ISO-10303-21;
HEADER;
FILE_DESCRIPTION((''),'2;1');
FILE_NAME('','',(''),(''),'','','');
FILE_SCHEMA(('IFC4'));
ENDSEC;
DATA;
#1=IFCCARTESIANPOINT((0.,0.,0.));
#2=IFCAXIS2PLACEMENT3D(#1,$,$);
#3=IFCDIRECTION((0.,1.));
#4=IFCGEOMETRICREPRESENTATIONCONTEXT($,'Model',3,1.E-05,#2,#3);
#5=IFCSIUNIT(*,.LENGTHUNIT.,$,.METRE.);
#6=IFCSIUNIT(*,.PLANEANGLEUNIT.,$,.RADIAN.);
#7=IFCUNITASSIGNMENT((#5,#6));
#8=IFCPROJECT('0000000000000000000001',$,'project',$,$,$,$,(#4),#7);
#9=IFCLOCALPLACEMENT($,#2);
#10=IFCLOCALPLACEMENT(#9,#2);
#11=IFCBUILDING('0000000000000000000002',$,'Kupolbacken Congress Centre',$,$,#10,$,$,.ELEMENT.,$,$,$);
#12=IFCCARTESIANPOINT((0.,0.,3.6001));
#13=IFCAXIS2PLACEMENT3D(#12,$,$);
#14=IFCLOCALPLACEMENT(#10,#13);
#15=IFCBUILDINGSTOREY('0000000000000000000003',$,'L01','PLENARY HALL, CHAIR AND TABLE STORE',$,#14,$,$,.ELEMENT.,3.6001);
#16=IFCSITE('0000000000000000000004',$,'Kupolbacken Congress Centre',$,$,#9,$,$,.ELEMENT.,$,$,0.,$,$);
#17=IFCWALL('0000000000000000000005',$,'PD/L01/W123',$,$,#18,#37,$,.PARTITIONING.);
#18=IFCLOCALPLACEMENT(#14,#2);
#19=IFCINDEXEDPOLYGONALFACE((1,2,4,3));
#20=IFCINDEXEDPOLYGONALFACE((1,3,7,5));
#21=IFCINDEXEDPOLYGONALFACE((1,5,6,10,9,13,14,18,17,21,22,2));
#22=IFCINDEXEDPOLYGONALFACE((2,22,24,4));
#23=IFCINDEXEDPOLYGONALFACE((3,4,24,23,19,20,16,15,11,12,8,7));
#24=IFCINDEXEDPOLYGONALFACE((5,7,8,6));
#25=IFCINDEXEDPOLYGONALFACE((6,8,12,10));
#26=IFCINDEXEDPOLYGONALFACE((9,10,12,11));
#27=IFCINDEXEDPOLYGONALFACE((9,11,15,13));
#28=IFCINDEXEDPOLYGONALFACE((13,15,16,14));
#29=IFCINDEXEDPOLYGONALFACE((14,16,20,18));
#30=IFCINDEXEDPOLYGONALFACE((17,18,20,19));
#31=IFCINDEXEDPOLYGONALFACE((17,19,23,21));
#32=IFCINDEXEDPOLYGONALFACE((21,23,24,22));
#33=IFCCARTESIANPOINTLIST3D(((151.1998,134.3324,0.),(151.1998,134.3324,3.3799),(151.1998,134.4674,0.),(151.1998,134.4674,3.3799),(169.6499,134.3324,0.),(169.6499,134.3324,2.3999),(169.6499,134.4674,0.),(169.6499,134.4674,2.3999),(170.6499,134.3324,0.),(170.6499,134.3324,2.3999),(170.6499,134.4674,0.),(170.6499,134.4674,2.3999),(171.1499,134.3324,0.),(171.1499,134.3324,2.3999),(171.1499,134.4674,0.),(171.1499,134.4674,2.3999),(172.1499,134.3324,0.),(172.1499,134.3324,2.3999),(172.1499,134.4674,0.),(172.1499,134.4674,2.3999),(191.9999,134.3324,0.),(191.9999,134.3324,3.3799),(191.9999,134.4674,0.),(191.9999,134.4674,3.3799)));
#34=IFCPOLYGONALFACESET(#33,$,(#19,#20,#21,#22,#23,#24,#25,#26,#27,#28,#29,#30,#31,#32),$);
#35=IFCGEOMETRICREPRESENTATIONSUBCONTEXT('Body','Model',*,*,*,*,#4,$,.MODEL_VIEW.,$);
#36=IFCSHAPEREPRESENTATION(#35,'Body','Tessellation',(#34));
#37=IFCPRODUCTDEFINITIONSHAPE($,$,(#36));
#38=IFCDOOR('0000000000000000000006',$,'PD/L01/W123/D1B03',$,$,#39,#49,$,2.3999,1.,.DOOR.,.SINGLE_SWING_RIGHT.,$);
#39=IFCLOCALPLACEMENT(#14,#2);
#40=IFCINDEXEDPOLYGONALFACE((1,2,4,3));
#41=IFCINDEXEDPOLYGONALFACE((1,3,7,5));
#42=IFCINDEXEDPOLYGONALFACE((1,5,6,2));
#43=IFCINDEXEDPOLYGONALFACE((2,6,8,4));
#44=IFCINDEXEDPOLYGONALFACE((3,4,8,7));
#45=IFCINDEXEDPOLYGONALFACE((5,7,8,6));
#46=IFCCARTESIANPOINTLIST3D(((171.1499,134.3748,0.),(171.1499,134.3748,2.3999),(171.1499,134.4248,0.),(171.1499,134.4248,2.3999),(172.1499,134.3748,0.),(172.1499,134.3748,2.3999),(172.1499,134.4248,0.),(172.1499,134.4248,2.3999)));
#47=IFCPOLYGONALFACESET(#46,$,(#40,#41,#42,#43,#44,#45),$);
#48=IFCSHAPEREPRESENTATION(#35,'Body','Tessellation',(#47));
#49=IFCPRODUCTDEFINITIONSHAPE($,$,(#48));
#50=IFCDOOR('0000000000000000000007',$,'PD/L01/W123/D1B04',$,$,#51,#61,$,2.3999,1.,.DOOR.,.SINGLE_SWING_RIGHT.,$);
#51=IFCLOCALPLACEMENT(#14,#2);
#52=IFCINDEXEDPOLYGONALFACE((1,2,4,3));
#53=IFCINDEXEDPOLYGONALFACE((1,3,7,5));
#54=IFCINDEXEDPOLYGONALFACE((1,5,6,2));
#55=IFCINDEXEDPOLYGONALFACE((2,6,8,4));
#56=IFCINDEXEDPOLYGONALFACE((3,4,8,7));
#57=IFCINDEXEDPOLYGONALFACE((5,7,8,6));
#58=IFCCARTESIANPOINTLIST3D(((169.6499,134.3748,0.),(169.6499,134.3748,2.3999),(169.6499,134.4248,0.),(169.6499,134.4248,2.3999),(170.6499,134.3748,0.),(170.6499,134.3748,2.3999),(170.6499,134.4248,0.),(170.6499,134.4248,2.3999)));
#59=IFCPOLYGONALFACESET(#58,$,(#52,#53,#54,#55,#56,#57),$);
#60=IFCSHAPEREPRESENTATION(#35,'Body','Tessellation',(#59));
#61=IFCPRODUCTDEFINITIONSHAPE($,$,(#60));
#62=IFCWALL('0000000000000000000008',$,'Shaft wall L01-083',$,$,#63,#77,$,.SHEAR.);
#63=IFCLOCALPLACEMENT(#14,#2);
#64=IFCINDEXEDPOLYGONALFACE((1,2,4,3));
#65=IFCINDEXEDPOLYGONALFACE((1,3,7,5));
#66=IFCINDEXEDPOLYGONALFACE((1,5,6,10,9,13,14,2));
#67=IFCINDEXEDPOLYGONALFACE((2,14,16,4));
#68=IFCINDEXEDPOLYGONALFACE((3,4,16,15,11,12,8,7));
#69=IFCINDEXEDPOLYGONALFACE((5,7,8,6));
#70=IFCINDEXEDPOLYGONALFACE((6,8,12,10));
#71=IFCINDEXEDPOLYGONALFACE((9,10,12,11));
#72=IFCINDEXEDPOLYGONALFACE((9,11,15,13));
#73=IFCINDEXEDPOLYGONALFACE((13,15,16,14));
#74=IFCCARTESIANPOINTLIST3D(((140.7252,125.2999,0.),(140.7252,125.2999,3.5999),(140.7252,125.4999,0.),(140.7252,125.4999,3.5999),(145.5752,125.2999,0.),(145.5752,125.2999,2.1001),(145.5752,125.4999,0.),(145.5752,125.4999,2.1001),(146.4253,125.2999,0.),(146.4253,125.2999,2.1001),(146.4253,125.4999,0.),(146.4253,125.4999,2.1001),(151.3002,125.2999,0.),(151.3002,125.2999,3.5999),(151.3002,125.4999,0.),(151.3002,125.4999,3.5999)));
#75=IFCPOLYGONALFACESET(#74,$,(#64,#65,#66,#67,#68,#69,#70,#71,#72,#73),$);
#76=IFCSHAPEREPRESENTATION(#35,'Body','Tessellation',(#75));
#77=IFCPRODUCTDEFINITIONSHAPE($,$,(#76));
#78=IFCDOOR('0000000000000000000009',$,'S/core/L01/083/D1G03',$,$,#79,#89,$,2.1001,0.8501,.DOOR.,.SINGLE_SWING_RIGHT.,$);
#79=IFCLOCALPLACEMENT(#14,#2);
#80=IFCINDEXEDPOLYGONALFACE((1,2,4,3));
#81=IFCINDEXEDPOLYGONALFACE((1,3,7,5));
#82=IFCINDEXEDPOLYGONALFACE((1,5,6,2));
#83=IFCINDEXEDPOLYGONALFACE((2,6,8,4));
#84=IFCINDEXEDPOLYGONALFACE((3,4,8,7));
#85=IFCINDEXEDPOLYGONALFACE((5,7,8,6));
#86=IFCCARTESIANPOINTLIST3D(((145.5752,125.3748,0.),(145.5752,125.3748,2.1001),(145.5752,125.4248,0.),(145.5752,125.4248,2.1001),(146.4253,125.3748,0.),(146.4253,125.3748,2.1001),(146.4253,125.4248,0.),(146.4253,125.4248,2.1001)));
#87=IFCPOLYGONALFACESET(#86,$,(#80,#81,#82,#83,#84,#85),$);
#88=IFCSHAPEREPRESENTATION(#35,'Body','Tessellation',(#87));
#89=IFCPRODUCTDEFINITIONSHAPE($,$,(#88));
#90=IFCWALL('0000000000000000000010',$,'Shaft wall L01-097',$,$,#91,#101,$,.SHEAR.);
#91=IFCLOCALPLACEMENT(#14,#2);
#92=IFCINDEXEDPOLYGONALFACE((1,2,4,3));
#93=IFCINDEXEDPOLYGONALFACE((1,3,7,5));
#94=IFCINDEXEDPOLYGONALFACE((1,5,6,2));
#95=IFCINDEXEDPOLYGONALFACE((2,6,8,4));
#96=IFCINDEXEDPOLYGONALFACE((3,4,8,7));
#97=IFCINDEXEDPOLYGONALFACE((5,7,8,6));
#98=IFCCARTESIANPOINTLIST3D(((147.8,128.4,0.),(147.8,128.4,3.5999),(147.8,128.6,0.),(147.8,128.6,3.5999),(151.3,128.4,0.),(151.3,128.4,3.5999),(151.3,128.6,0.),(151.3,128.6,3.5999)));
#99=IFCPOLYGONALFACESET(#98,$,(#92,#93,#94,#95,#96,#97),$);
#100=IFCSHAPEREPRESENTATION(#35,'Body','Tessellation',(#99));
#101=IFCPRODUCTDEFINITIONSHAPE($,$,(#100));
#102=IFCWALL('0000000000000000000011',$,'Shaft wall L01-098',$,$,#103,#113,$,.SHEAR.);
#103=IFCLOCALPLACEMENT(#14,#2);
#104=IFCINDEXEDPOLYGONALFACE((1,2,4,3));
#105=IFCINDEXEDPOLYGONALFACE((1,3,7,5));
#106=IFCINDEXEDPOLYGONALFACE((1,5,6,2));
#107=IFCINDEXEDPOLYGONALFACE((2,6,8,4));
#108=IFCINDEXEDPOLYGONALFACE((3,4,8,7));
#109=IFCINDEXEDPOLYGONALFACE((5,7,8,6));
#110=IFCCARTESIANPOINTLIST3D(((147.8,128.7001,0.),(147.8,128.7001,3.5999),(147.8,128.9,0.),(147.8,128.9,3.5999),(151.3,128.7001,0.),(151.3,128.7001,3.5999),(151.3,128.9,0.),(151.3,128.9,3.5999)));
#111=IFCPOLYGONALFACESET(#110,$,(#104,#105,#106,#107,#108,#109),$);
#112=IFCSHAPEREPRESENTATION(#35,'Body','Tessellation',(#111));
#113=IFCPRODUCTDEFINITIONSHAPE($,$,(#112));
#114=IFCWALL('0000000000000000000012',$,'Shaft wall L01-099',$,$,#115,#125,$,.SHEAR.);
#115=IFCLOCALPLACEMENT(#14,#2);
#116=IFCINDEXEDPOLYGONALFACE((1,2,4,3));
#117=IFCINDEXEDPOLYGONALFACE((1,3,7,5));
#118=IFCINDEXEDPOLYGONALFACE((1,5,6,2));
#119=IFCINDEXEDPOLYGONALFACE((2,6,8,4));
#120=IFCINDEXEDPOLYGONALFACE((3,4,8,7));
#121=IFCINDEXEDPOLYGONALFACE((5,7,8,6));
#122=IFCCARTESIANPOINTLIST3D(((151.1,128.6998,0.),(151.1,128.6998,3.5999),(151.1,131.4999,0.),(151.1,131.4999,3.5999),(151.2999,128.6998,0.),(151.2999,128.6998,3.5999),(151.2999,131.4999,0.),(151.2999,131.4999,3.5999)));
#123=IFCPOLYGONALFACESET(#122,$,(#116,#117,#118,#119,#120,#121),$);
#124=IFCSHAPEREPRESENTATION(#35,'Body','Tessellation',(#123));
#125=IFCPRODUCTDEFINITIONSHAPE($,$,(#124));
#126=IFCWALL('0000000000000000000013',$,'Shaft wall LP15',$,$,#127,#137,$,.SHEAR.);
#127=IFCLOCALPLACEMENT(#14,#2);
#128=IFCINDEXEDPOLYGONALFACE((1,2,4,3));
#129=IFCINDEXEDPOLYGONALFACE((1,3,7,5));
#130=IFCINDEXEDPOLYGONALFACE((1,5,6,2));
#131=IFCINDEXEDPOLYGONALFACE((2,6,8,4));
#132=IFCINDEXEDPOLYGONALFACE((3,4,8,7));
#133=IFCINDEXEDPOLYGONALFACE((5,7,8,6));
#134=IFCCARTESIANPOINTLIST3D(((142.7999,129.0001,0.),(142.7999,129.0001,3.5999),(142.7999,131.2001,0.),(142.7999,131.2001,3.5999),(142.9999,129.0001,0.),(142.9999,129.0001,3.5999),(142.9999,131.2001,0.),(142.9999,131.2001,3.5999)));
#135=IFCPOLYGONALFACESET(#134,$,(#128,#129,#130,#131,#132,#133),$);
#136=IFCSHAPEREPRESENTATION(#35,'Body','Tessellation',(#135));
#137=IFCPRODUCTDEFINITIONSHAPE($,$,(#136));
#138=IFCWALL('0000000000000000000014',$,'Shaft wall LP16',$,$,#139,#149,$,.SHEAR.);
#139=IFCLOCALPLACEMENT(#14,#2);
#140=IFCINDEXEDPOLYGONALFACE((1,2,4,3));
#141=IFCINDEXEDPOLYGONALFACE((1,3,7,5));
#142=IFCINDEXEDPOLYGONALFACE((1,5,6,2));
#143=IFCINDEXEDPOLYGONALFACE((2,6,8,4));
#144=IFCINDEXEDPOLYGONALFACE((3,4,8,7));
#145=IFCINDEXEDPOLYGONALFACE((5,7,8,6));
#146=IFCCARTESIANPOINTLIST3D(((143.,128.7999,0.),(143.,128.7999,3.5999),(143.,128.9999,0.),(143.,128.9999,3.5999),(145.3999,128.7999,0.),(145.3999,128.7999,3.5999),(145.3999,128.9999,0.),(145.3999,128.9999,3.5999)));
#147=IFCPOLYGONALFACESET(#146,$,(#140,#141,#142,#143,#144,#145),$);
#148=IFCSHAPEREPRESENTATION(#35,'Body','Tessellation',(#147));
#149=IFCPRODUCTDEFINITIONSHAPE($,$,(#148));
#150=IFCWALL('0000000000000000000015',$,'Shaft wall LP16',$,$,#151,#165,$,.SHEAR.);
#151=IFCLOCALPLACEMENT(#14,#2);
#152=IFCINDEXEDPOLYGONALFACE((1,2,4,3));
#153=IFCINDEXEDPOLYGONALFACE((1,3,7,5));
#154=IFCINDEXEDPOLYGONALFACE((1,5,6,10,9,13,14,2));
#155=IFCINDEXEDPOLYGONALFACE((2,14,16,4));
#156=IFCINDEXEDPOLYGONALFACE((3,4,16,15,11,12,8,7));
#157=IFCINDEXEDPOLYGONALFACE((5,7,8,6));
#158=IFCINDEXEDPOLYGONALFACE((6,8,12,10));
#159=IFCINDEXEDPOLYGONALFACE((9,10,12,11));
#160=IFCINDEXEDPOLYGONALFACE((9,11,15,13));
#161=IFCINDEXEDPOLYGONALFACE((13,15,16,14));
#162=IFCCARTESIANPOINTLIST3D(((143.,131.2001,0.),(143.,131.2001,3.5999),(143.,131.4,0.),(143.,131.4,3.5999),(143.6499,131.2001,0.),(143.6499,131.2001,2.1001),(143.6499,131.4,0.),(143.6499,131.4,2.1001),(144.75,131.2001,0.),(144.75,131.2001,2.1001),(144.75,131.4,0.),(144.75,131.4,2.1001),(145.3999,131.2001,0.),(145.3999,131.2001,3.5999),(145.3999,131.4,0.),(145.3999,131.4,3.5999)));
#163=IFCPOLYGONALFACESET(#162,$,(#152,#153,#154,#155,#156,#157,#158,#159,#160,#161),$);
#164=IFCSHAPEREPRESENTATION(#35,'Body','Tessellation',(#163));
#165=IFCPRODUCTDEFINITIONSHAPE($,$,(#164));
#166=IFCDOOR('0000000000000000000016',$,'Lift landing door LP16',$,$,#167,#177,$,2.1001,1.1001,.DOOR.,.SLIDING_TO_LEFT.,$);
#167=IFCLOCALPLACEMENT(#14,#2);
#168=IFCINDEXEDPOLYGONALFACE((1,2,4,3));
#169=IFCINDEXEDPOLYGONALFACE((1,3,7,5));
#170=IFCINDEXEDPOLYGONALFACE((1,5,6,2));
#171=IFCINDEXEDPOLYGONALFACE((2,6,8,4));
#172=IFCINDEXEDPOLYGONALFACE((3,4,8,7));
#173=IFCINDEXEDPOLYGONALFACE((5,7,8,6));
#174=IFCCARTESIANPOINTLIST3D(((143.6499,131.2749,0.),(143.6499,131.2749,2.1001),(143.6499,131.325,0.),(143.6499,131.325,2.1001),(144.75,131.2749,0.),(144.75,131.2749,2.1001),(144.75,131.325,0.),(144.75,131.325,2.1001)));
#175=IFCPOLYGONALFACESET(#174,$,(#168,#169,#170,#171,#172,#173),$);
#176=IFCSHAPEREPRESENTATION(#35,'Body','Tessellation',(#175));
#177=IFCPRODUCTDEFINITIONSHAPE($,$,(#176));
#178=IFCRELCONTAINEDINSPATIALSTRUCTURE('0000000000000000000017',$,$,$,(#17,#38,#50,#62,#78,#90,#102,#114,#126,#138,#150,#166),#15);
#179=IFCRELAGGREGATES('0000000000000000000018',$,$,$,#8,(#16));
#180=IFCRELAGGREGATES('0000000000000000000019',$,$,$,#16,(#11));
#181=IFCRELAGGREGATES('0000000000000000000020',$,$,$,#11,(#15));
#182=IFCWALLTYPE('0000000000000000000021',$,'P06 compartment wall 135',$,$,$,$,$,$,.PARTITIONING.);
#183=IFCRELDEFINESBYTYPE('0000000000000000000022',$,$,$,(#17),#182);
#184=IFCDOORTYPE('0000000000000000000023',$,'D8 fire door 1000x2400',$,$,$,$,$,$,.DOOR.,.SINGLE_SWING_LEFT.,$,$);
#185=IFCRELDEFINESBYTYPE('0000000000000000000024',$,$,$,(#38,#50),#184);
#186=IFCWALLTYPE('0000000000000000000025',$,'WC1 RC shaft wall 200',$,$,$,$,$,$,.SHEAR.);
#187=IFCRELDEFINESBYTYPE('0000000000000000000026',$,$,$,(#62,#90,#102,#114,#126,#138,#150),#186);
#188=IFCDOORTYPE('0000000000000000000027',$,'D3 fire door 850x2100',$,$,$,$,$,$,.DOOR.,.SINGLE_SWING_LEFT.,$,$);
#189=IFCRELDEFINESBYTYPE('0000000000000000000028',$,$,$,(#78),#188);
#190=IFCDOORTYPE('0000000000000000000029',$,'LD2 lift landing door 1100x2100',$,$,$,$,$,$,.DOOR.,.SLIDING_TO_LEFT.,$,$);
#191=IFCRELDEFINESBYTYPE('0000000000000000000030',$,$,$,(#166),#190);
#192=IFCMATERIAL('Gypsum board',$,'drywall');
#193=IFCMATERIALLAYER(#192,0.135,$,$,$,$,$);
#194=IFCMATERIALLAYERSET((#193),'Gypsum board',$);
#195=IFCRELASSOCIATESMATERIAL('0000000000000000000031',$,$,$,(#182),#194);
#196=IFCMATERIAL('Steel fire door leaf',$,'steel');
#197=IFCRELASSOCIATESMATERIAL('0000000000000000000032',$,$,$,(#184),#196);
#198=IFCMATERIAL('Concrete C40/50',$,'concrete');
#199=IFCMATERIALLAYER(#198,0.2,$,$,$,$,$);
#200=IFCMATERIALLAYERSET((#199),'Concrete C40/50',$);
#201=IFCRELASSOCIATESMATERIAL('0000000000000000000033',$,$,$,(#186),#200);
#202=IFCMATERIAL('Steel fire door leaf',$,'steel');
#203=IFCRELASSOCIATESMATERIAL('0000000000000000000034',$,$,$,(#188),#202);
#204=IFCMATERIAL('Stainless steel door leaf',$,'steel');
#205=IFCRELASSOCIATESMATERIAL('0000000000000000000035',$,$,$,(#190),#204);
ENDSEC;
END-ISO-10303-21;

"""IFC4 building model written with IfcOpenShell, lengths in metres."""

from ifc_helpers import new_model, si_unit, direction, frame, frame_2d, origin, place, context, subcontext, project, spatial, rectangle, extrude, material, layer, layer_set, type_object, element, fill, save


model = new_model("IFC4")

# Units and contexts
model_context = context("Model", 3, precision=1e-05, world=origin(), true_north=direction((0.0, 1.0)))
body_context = subcontext(model_context, "Body", "Model", "MODEL_VIEW")
ifc_project = project(units=[si_unit("LENGTHUNIT", "METRE"), si_unit("PLANEANGLEUNIT", "RADIAN")], contexts=[model_context])

# Site, building, storey
site_placement = place(None, origin())
site = spatial("IfcSite", under=ifc_project, at=site_placement, Name="Kupolbacken Congress Centre", CompositionType="ELEMENT", RefElevation=0.0)
building_placement = place(site_placement, origin())
building = spatial("IfcBuilding", under=site, at=building_placement, Name="Kupolbacken Congress Centre", CompositionType="ELEMENT")
storey_placement = place(building_placement, frame((0.0, 0.0, 3.6001)))
storey = spatial("IfcBuildingStorey", under=building, at=storey_placement, Name="L01", Description="PLENARY HALL, CHAIR AND TABLE STORE", CompositionType="ELEMENT", Elevation=3.6001)

# Wall, openings, doors
ifc_material_1 = material(Name="Gypsum board", Category="drywall")
ifc_layer_1 = layer(ifc_material_1, 0.135)
ifc_layer_set_1 = layer_set([ifc_layer_1], Name="Gypsum board")
wall_type_1 = type_object("IfcWallType", Name="P06 compartment wall 135", PredefinedType="PARTITIONING", material=ifc_layer_set_1)
wall_1_placement = place(storey_placement, frame((151.2, 134.3999, 0.0), z_axis=(0.0, 0.0, 1.0), x_axis=(1.0, 0.0, 0.0)))
wall_1 = element("IfcWall", 1, at=wall_1_placement, inside=storey, type_object=wall_type_1, Name="PD/L01/W123", PredefinedType="PARTITIONING", context=body_context, shape_type="SweptSolid", body=[
    extrude(rectangle(XDim=40.8, YDim=0.135, at=frame_2d((20.3999, 0.0))), origin(), (0.0, 0.0, 1.0), 3.3799),
])
opening_1_placement = place(wall_1_placement, frame((19.95, 0.0, 0.0)))
opening_1 = element("IfcOpeningElement", 2, at=opening_1_placement, cuts=wall_1, PredefinedType="OPENING", context=body_context, shape_type="SweptSolid", body=[
    extrude(rectangle(XDim=1.0, YDim=2.3999, at=frame_2d((0.5, 1.2))), frame((0.0, 0.0774, 0.0), z_axis=(0.0, -1.0, 0.0), x_axis=(1.0, 0.0, 0.0)), (0.0, 0.0, 1.0), 0.155),
])
opening_2_placement = place(wall_1_placement, frame((18.45, 0.0, 0.0)))
opening_2 = element("IfcOpeningElement", 3, at=opening_2_placement, cuts=wall_1, PredefinedType="OPENING", context=body_context, shape_type="SweptSolid", body=[
    extrude(rectangle(XDim=1.0, YDim=2.3999, at=frame_2d((0.5, 1.2))), frame((0.0, 0.0774, 0.0), z_axis=(0.0, -1.0, 0.0), x_axis=(1.0, 0.0, 0.0)), (0.0, 0.0, 1.0), 0.155),
])
ifc_material_2 = material(Name="Steel fire door leaf", Category="steel")
door_type_1 = type_object("IfcDoorType", Name="D8 fire door 1000x2400", OperationType="SINGLE_SWING_LEFT", PredefinedType="DOOR", material=ifc_material_2)
door_1_placement = place(opening_1_placement, origin())
door_1 = element("IfcDoor", 4, at=door_1_placement, inside=storey, type_object=door_type_1, Name="PD/L01/W123/D1B03", OperationType="SINGLE_SWING_RIGHT", OverallHeight=2.3999, OverallWidth=1.0, PredefinedType="DOOR", context=body_context, shape_type="SweptSolid", body=[
    extrude(rectangle(XDim=1.0, YDim=2.3999, at=frame_2d((0.5, 1.2))), frame((0.0, 0.0249, 0.0), z_axis=(0.0, -1.0, 0.0), x_axis=(1.0, 0.0, 0.0)), (0.0, 0.0, 1.0), 0.05),
])
fill(opening_1, door_1)
door_2_placement = place(opening_2_placement, origin())
door_2 = element("IfcDoor", 5, at=door_2_placement, inside=storey, type_object=door_type_1, Name="PD/L01/W123/D1B04", OperationType="SINGLE_SWING_RIGHT", OverallHeight=2.3999, OverallWidth=1.0, PredefinedType="DOOR", context=body_context, shape_type="SweptSolid", body=[
    extrude(rectangle(XDim=1.0, YDim=2.3999, at=frame_2d((0.5, 1.2))), frame((0.0, 0.0249, 0.0), z_axis=(0.0, -1.0, 0.0), x_axis=(1.0, 0.0, 0.0)), (0.0, 0.0, 1.0), 0.05),
])
fill(opening_2, door_2)

# Wall, opening, door
ifc_material_3 = material(Name="Concrete C40/50", Category="concrete")
ifc_layer_2 = layer(ifc_material_3, 0.2)
ifc_layer_set_2 = layer_set([ifc_layer_2], Name="Concrete C40/50")
wall_type_2 = type_object("IfcWallType", Name="WC1 RC shaft wall 200", PredefinedType="SHEAR", material=ifc_layer_set_2)
wall_2_placement = place(storey_placement, frame((140.7251, 125.3999, 0.0), z_axis=(0.0, 0.0, 1.0), x_axis=(1.0, 0.0, 0.0)))
wall_2 = element("IfcWall", 6, at=wall_2_placement, inside=storey, type_object=wall_type_2, Name="Shaft wall L01-083", PredefinedType="SHEAR", context=body_context, shape_type="SweptSolid", body=[
    extrude(rectangle(XDim=10.575, YDim=0.2, at=frame_2d((5.2876, 0.0))), origin(), (0.0, 0.0, 1.0), 3.5999),
])
opening_3_placement = place(wall_2_placement, frame((4.8501, 0.0, 0.0)))
opening_3 = element("IfcOpeningElement", 7, at=opening_3_placement, cuts=wall_2, PredefinedType="OPENING", context=body_context, shape_type="SweptSolid", body=[
    extrude(rectangle(XDim=0.8501, YDim=2.1001, at=frame_2d((0.425, 1.05))), frame((0.0, 0.1099, 0.0), z_axis=(0.0, -1.0, 0.0), x_axis=(1.0, 0.0, 0.0)), (0.0, 0.0, 1.0), 0.22),
])
ifc_material_4 = material(Name="Steel fire door leaf", Category="steel")
door_type_2 = type_object("IfcDoorType", Name="D3 fire door 850x2100", OperationType="SINGLE_SWING_LEFT", PredefinedType="DOOR", material=ifc_material_4)
door_3_placement = place(opening_3_placement, origin())
door_3 = element("IfcDoor", 8, at=door_3_placement, inside=storey, type_object=door_type_2, Name="S/core/L01/083/D1G03", OperationType="SINGLE_SWING_RIGHT", OverallHeight=2.1001, OverallWidth=0.8501, PredefinedType="DOOR", context=body_context, shape_type="SweptSolid", body=[
    extrude(rectangle(XDim=0.8501, YDim=2.1001, at=frame_2d((0.425, 1.05))), frame((0.0, 0.0249, 0.0), z_axis=(0.0, -1.0, 0.0), x_axis=(1.0, 0.0, 0.0)), (0.0, 0.0, 1.0), 0.05),
])
fill(opening_3, door_3)

# Walls
for number, where, z_axis, x_axis, name in (
    (9, (147.8, 128.5, 0.0), (0.0, 0.0, 1.0), (1.0, 0.0, 0.0), "Shaft wall L01-097"),
    (10, (147.8, 128.8, 0.0), (0.0, 0.0, 1.0), (1.0, 0.0, 0.0), "Shaft wall L01-098"),
):
    element("IfcWall", number, at=place(storey_placement, frame(where, z_axis=z_axis, x_axis=x_axis)), inside=storey, type_object=wall_type_2, Name=name, PredefinedType="SHEAR", context=body_context, shape_type="SweptSolid", body=[
        extrude(rectangle(XDim=3.5, YDim=0.2, at=frame_2d((1.75, 0.0))), origin(), (0.0, 0.0, 1.0), 3.5999),
    ])
wall_3_placement = place(storey_placement, frame((151.2, 128.7, 0.0), z_axis=(0.0, 0.0, 1.0), x_axis=(0.0, 1.0, 0.0)))
element("IfcWall", 11, at=wall_3_placement, inside=storey, type_object=wall_type_2, Name="Shaft wall L01-099", PredefinedType="SHEAR", context=body_context, shape_type="SweptSolid", body=[
    extrude(rectangle(XDim=2.8, YDim=0.2, at=frame_2d((1.3999, 0.0))), origin(), (0.0, 0.0, 1.0), 3.5999),
])
wall_4_placement = place(storey_placement, frame((142.8999, 129.0, 0.0), z_axis=(0.0, 0.0, 1.0), x_axis=(0.0, 1.0, 0.0)))
element("IfcWall", 12, at=wall_4_placement, inside=storey, type_object=wall_type_2, Name="Shaft wall LP15", PredefinedType="SHEAR", context=body_context, shape_type="SweptSolid", body=[
    extrude(rectangle(XDim=2.2, YDim=0.2, at=frame_2d((1.1001, 0.0))), origin(), (0.0, 0.0, 1.0), 3.5999),
])
wall_5_placement = place(storey_placement, frame((143.0, 128.8999, 0.0), z_axis=(0.0, 0.0, 1.0), x_axis=(1.0, 0.0, 0.0)))
element("IfcWall", 13, at=wall_5_placement, inside=storey, type_object=wall_type_2, Name="Shaft wall LP16", PredefinedType="SHEAR", context=body_context, shape_type="SweptSolid", body=[
    extrude(rectangle(XDim=2.3999, YDim=0.2, at=frame_2d((1.2, 0.0))), origin(), (0.0, 0.0, 1.0), 3.5999),
])

# Wall, opening, door
wall_6_placement = place(storey_placement, frame((143.0, 131.3, 0.0), z_axis=(0.0, 0.0, 1.0), x_axis=(1.0, 0.0, 0.0)))
wall_6 = element("IfcWall", 14, at=wall_6_placement, inside=storey, type_object=wall_type_2, Name="Shaft wall LP16", PredefinedType="SHEAR", context=body_context, shape_type="SweptSolid", body=[
    extrude(rectangle(XDim=2.3999, YDim=0.2, at=frame_2d((1.2, 0.0))), origin(), (0.0, 0.0, 1.0), 3.5999),
])
opening_4_placement = place(wall_6_placement, frame((0.6499, 0.0, 0.0)))
opening_4 = element("IfcOpeningElement", 15, at=opening_4_placement, cuts=wall_6, PredefinedType="OPENING", context=body_context, shape_type="SweptSolid", body=[
    extrude(rectangle(XDim=1.1001, YDim=2.1001, at=frame_2d((0.55, 1.05))), frame((0.0, 0.1099, 0.0), z_axis=(0.0, -1.0, 0.0), x_axis=(1.0, 0.0, 0.0)), (0.0, 0.0, 1.0), 0.22),
])
ifc_material_5 = material(Name="Stainless steel door leaf", Category="steel")
door_type_3 = type_object("IfcDoorType", Name="LD2 lift landing door 1100x2100", OperationType="SLIDING_TO_LEFT", PredefinedType="DOOR", material=ifc_material_5)
door_4_placement = place(opening_4_placement, origin())
door_4 = element("IfcDoor", 16, at=door_4_placement, inside=storey, type_object=door_type_3, Name="Lift landing door LP16", OperationType="SLIDING_TO_LEFT", OverallHeight=2.1001, OverallWidth=1.1001, PredefinedType="DOOR", context=body_context, shape_type="SweptSolid", body=[
    extrude(rectangle(XDim=1.1001, YDim=2.1001, at=frame_2d((0.55, 1.05))), frame((0.0, 0.0249, 0.0), z_axis=(0.0, -1.0, 0.0), x_axis=(1.0, 0.0, 0.0)), (0.0, 0.0, 1.0), 0.05),
])
fill(opening_4, door_4)

save(model, "model.ifc")
